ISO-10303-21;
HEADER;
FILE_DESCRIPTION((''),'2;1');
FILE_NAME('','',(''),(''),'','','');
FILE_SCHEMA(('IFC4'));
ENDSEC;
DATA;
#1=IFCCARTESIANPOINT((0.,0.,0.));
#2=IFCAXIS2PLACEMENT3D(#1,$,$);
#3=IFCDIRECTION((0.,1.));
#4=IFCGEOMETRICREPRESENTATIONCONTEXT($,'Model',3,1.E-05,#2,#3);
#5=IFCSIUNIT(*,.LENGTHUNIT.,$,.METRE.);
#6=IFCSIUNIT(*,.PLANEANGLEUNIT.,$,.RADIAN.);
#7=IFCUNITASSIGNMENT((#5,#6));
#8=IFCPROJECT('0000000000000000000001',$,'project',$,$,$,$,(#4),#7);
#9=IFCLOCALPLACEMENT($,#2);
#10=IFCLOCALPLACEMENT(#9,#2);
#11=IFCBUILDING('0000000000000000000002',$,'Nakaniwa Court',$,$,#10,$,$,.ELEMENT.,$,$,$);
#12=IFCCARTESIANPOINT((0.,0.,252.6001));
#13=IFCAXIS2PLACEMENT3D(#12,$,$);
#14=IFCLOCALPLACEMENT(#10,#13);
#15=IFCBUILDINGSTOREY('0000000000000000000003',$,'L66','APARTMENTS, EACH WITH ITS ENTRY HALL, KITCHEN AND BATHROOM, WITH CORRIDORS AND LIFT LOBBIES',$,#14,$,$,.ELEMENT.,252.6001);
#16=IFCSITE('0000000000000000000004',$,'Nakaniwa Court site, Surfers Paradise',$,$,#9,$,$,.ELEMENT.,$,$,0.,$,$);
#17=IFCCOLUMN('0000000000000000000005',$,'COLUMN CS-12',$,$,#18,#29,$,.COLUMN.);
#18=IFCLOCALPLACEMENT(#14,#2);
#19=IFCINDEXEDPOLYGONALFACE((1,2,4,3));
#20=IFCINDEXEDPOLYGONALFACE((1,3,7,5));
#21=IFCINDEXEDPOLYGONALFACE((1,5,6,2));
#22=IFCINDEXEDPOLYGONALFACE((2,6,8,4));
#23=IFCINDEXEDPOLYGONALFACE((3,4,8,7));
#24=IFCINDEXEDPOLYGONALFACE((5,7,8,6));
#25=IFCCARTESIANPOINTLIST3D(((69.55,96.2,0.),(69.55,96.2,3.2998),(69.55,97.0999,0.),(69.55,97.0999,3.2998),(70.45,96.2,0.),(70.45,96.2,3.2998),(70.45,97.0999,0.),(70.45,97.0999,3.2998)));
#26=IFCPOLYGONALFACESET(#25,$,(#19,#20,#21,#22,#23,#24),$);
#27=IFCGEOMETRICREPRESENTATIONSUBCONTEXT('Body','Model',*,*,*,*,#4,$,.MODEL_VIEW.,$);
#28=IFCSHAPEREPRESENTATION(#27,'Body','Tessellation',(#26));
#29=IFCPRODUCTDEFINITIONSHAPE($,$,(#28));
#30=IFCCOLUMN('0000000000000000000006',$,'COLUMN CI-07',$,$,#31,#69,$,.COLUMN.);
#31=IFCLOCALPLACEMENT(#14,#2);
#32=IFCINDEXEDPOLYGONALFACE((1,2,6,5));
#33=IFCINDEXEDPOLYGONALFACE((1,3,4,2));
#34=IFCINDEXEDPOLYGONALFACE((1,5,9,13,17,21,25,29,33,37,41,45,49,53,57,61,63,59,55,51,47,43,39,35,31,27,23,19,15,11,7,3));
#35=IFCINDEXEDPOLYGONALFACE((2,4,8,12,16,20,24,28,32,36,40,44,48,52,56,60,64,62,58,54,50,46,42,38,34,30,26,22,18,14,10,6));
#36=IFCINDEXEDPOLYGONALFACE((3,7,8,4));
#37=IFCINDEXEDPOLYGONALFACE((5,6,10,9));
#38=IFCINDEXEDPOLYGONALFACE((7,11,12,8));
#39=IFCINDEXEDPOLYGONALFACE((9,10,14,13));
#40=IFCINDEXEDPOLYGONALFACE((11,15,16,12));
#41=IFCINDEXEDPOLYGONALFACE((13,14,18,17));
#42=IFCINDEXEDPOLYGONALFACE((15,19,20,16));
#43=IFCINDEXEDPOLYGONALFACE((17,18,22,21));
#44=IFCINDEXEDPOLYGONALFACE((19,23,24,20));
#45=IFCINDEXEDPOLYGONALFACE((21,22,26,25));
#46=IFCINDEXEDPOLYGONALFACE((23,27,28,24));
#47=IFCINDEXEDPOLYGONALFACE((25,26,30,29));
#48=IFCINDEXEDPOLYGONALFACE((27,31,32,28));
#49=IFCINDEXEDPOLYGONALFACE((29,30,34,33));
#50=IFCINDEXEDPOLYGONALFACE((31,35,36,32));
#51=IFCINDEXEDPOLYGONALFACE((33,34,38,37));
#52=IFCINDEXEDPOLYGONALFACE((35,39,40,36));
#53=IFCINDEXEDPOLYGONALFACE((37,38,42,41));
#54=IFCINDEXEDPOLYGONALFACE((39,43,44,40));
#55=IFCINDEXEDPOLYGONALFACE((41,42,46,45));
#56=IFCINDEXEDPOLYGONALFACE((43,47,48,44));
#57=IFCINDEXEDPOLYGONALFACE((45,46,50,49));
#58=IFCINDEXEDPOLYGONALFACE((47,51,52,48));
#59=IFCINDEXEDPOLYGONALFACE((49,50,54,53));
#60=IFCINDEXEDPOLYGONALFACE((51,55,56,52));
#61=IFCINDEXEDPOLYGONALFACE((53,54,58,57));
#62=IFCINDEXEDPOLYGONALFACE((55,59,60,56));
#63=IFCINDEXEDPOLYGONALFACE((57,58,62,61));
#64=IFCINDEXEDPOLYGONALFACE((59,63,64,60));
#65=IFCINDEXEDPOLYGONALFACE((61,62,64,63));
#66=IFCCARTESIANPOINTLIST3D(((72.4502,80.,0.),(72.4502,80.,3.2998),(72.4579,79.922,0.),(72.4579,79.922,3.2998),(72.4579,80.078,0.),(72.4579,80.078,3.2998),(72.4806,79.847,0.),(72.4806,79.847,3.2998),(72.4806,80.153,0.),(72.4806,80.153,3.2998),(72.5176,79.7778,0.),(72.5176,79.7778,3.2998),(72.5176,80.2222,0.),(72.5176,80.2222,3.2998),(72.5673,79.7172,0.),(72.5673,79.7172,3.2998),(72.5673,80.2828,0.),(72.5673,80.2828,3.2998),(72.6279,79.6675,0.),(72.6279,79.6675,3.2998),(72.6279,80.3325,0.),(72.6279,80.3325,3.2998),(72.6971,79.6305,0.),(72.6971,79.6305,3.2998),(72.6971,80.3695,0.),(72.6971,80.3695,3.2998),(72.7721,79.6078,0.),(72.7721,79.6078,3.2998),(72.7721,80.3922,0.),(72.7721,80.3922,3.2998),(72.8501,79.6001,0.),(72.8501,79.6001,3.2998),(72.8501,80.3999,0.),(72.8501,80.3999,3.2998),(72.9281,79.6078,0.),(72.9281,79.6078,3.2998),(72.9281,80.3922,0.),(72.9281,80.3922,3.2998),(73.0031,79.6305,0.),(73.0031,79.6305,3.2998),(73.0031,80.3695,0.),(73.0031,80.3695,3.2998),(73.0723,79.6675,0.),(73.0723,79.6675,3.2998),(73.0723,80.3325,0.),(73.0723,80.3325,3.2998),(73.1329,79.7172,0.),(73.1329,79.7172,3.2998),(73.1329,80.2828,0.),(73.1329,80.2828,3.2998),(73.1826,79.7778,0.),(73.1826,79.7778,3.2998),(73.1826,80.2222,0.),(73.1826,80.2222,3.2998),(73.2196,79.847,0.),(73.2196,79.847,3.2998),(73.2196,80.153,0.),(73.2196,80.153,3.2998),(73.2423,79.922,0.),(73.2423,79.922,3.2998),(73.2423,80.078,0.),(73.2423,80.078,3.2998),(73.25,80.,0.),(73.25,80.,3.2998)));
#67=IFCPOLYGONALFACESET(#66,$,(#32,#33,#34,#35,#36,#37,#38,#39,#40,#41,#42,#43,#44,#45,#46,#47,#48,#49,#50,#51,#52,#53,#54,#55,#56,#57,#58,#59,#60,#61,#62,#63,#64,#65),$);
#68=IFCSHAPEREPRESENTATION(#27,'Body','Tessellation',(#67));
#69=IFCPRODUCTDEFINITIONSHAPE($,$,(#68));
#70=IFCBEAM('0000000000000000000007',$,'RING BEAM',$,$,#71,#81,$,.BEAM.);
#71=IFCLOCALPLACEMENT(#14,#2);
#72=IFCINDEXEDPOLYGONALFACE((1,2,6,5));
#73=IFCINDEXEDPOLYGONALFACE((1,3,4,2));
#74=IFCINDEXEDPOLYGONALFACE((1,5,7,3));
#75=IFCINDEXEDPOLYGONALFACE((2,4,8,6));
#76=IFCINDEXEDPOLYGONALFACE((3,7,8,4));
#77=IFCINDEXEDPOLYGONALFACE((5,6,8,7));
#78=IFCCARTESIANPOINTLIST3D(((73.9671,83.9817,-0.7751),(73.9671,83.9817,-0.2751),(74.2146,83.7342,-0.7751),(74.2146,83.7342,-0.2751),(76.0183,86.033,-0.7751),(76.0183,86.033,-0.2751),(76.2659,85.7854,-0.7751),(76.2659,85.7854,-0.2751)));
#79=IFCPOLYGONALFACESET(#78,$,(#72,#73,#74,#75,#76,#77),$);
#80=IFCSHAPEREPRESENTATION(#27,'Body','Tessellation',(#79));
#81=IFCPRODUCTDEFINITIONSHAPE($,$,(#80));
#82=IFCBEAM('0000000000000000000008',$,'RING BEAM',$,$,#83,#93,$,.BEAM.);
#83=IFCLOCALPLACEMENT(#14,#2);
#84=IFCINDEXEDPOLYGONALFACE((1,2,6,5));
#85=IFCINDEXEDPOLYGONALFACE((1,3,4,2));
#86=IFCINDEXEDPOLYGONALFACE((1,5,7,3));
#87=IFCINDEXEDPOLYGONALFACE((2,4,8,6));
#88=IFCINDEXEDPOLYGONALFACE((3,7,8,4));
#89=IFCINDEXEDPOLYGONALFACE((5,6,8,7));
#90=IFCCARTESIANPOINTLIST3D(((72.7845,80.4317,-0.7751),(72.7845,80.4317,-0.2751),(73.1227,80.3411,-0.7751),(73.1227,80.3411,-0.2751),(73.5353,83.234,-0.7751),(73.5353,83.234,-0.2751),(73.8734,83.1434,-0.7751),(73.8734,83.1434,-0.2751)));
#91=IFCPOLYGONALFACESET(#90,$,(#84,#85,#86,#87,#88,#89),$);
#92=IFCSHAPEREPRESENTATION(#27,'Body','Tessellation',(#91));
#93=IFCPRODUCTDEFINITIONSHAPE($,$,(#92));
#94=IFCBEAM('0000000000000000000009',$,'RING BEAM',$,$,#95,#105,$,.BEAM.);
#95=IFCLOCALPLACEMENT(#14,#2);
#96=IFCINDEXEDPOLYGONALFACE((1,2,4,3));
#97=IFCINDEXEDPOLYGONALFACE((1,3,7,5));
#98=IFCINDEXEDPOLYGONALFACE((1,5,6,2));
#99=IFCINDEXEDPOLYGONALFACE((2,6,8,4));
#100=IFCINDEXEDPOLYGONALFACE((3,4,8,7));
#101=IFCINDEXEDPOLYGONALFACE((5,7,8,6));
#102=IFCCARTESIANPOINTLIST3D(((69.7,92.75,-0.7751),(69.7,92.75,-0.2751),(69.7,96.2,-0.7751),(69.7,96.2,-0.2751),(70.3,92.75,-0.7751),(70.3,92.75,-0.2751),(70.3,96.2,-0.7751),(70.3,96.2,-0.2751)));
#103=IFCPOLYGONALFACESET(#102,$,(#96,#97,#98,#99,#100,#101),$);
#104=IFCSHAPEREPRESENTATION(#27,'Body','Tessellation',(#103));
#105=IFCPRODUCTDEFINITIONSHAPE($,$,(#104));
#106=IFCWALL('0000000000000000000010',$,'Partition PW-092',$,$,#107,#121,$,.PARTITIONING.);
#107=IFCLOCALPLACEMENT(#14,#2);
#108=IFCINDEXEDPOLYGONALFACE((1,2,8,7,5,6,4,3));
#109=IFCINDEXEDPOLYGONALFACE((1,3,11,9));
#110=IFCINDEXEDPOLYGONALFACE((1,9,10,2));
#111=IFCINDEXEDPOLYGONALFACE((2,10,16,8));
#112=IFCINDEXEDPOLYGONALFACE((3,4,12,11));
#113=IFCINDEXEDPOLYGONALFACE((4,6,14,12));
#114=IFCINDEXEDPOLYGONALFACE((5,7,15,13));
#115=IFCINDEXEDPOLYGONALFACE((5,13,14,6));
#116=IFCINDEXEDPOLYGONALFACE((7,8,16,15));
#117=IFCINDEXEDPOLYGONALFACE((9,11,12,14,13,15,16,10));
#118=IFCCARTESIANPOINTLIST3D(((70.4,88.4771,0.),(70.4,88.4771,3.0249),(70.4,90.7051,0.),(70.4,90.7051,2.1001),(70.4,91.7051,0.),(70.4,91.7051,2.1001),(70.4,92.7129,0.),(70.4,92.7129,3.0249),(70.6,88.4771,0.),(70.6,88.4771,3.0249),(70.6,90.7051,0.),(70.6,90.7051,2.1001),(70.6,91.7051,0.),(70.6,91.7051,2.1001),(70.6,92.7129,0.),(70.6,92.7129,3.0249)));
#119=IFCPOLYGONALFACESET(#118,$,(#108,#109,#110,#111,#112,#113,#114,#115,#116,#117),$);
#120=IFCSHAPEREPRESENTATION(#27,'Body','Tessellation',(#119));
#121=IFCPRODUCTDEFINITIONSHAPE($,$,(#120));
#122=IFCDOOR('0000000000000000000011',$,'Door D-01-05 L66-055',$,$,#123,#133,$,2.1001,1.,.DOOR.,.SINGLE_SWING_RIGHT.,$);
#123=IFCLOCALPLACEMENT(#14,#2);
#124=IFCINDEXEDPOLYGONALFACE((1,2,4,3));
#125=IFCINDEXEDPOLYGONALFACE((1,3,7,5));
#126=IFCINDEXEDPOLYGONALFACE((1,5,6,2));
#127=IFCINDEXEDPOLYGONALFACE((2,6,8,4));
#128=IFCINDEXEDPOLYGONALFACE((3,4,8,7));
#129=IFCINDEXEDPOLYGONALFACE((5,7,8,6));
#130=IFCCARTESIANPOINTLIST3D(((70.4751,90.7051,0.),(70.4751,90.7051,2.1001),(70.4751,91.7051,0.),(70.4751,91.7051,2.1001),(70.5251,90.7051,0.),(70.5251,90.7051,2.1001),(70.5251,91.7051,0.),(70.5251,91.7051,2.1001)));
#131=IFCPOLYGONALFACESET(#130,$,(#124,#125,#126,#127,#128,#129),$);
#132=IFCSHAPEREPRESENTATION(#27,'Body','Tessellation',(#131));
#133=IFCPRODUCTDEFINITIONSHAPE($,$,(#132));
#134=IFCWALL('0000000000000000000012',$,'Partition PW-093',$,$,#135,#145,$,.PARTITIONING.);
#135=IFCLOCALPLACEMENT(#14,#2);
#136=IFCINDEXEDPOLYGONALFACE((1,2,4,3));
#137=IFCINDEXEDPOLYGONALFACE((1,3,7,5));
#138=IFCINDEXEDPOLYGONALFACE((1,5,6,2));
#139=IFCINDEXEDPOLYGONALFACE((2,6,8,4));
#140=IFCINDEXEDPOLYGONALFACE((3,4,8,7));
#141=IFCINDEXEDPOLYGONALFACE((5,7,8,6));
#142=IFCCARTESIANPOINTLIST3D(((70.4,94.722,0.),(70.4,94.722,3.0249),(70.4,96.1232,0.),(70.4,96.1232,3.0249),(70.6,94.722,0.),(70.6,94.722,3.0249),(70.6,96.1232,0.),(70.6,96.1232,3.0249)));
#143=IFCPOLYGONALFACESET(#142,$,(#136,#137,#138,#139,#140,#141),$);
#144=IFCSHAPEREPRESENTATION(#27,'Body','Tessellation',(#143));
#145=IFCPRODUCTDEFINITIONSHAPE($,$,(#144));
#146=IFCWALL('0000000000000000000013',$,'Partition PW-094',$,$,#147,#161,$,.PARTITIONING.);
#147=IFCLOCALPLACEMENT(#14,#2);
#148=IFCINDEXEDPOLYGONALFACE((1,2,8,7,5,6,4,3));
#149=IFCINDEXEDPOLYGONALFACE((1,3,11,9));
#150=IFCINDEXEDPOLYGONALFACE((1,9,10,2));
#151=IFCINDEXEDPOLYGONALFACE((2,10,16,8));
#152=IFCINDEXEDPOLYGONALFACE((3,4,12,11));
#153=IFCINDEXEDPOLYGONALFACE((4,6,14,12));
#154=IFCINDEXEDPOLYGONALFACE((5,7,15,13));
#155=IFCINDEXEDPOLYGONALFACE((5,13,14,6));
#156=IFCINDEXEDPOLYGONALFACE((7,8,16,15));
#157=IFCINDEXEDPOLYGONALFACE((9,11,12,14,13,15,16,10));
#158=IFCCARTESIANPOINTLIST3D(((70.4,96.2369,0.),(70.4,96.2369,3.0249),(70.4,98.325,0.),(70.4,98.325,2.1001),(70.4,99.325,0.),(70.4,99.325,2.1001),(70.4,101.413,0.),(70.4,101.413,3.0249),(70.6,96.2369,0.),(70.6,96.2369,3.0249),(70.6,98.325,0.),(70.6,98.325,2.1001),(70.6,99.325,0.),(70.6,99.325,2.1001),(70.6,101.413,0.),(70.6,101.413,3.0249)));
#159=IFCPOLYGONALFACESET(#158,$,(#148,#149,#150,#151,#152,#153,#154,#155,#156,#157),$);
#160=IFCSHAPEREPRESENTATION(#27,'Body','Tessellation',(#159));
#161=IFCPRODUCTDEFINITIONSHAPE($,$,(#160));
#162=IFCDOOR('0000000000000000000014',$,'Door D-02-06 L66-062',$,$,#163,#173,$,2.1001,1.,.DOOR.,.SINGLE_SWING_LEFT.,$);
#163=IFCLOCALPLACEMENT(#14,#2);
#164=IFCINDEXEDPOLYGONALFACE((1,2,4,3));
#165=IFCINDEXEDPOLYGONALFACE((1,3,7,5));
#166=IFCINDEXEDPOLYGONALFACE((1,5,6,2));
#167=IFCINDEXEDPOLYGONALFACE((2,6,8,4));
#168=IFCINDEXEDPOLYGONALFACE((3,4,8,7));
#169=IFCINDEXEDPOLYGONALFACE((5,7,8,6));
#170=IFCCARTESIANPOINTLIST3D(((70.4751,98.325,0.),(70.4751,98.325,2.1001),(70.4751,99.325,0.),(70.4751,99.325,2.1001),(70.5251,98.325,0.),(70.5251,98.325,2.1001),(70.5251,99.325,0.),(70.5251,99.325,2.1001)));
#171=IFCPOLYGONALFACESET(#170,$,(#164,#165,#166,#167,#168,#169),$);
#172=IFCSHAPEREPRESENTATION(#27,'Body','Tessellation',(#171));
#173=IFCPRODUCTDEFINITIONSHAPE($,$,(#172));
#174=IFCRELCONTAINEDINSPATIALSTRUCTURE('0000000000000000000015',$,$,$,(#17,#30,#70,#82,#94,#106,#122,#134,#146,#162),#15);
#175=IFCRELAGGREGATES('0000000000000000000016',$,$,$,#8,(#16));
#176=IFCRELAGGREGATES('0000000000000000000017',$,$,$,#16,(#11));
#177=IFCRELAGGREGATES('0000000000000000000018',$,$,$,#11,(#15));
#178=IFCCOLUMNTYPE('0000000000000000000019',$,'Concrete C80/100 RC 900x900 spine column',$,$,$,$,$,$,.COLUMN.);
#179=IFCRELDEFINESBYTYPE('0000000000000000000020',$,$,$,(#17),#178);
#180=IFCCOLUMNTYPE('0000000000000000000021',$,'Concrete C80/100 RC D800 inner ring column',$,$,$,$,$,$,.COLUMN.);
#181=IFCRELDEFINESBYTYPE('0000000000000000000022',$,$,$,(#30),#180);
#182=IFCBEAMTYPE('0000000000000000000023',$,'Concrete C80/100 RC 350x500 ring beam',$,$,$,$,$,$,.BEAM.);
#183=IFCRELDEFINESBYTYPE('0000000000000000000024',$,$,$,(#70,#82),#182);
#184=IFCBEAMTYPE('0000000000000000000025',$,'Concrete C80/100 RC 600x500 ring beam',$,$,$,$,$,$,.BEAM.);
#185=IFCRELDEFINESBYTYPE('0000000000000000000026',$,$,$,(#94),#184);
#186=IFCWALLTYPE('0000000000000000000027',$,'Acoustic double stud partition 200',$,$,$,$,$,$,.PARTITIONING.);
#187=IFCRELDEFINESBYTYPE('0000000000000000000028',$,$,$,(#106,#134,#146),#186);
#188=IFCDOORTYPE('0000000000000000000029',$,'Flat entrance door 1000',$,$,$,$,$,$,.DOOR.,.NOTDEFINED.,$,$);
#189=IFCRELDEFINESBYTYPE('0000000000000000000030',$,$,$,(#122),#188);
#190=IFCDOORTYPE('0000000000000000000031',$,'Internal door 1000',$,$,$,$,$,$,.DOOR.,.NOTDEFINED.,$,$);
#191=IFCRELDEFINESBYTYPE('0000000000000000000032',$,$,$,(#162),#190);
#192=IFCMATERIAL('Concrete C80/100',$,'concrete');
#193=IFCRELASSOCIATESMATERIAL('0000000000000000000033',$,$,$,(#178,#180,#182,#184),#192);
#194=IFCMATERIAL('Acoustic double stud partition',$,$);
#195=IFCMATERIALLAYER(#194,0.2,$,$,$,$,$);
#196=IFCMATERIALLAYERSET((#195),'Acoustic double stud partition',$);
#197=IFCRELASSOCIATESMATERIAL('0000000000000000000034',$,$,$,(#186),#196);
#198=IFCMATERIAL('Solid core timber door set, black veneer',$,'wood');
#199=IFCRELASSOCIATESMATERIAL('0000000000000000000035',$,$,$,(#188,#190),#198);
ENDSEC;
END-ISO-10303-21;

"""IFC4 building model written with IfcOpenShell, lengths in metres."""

from ifc_helpers import new_model, si_unit, direction, frame, frame_2d, origin, origin_2d, place, context, subcontext, project, spatial, rectangle, circle, extrude, material, layer, layer_set, material_profile, profile_set, type_object, element, fill, save


model = new_model("IFC4")

# Units and contexts
model_context = context("Model", 3, precision=1e-05, world=origin(), true_north=direction((0.0, 1.0)))
body_context = subcontext(model_context, "Body", "Model", "MODEL_VIEW")
ifc_project = project(units=[si_unit("LENGTHUNIT", "METRE"), si_unit("PLANEANGLEUNIT", "RADIAN")], contexts=[model_context])

# Site, building, storey
site_placement = place(None, origin())
site = spatial("IfcSite", under=ifc_project, at=site_placement, Name="Nakaniwa Court site, Surfers Paradise", CompositionType="ELEMENT", RefElevation=0.0)
building_placement = place(site_placement, origin())
building = spatial("IfcBuilding", under=site, at=building_placement, Name="Nakaniwa Court", CompositionType="ELEMENT")
storey_placement = place(building_placement, frame((0.0, 0.0, 252.6001)))
storey = spatial("IfcBuildingStorey", under=building, at=storey_placement, Name="L66", Description="APARTMENTS, EACH WITH ITS ENTRY HALL, KITCHEN AND BATHROOM, WITH CORRIDORS AND LIFT LOBBIES", CompositionType="ELEMENT", Elevation=252.6001)

# Columns
ifc_material_1 = material(Name="Concrete C80/100", Category="concrete")
ifc_material_profile_1 = material_profile(ifc_material_1, rectangle(XDim=0.8999, YDim=0.8999, at=origin_2d()), Name="Concrete C80/100 RC 900x900 spine column")
ifc_profile_set_1 = profile_set([ifc_material_profile_1], Name="Concrete C80/100")
column_type_1 = type_object("IfcColumnType", Name="Concrete C80/100 RC 900x900 spine column", PredefinedType="COLUMN", material=ifc_profile_set_1)
column_placement = place(storey_placement, frame((70.0, 96.6499, 0.0), z_axis=(0.0, 0.0, 1.0), x_axis=(0.0, -1.0, 0.0)))
element("IfcColumn", 1, at=column_placement, inside=storey, type_object=column_type_1, Name="COLUMN CS-12", PredefinedType="COLUMN", context=body_context, shape_type="SweptSolid", body=[
    extrude(rectangle(XDim=0.8999, YDim=0.8999, at=origin_2d()), origin(), (0.0, 0.0, 1.0), 3.2998),
])
ifc_material_profile_2 = material_profile(ifc_material_1, circle(Radius=0.3999, at=origin_2d()), Name="Concrete C80/100 RC D800 inner ring column")
ifc_profile_set_2 = profile_set([ifc_material_profile_2], Name="Concrete C80/100")
column_type_2 = type_object("IfcColumnType", Name="Concrete C80/100 RC D800 inner ring column", PredefinedType="COLUMN", material=ifc_profile_set_2)
for number, where, z_axis, x_axis, name in (
    (2, (72.8501, 80.0, 0.0), (0.0, 0.0, 1.0), (0.0, -1.0, 0.0), "COLUMN CI-07"),
):
    element("IfcColumn", number, at=place(storey_placement, frame(where, z_axis=z_axis, x_axis=x_axis)), inside=storey, type_object=column_type_2, Name=name, PredefinedType="COLUMN", context=body_context, shape_type="SweptSolid", body=[
        extrude(circle(Radius=0.3999, at=origin_2d()), origin(), (0.0, 0.0, 1.0), 3.2998),
    ])

# Beams
ifc_material_profile_3 = material_profile(ifc_material_1, rectangle(XDim=0.3501, YDim=0.5, at=origin_2d()), Name="Concrete C80/100 RC 350x500 ring beam")
ifc_profile_set_3 = profile_set([ifc_material_profile_3], Name="Concrete C80/100")
beam_type_1 = type_object("IfcBeamType", Name="Concrete C80/100 RC 350x500 ring beam", PredefinedType="BEAM", material=ifc_profile_set_3)
beam_1_placement = place(storey_placement, frame((76.1421, 85.9092, -0.5251), z_axis=(-0.707107, -0.707107, 0.0), x_axis=(0.707107, -0.707107, 0.0)))
element("IfcBeam", 3, at=beam_1_placement, inside=storey, type_object=beam_type_1, Name="RING BEAM", PredefinedType="BEAM", context=body_context, shape_type="SweptSolid", body=[
    extrude(rectangle(XDim=0.3501, YDim=0.5, at=origin_2d()), origin(), (0.0, 0.0, 1.0), 2.9009),
])
beam_2_placement = place(storey_placement, frame((73.7043, 83.1887, -0.5251), z_axis=(-0.258778, -0.965937, 0.0), x_axis=(0.965937, -0.258778, 0.0)))
element("IfcBeam", 4, at=beam_2_placement, inside=storey, type_object=beam_type_1, Name="RING BEAM", PredefinedType="BEAM", context=body_context, shape_type="SweptSolid", body=[
    extrude(rectangle(XDim=0.3501, YDim=0.5, at=origin_2d()), origin(), (0.0, 0.0, 1.0), 2.9011),
])
ifc_material_profile_4 = material_profile(ifc_material_1, rectangle(XDim=0.6001, YDim=0.5, at=origin_2d()), Name="Concrete C80/100 RC 600x500 ring beam")
ifc_profile_set_4 = profile_set([ifc_material_profile_4], Name="Concrete C80/100")
beam_type_2 = type_object("IfcBeamType", Name="Concrete C80/100 RC 600x500 ring beam", PredefinedType="BEAM", material=ifc_profile_set_4)
beam_3_placement = place(storey_placement, frame((70.0, 96.2, -0.5251), z_axis=(0.0, -1.0, 0.0), x_axis=(1.0, 0.0, 0.0)))
element("IfcBeam", 5, at=beam_3_placement, inside=storey, type_object=beam_type_2, Name="RING BEAM", PredefinedType="BEAM", context=body_context, shape_type="SweptSolid", body=[
    extrude(rectangle(XDim=0.6001, YDim=0.5, at=origin_2d()), origin(), (0.0, 0.0, 1.0), 3.45),
])

# Wall, opening, door
ifc_material_2 = material(Name="Acoustic double stud partition")
ifc_layer_1 = layer(ifc_material_2, 0.2)
ifc_layer_set_1 = layer_set([ifc_layer_1], Name="Acoustic double stud partition")
wall_type_1 = type_object("IfcWallType", Name="Acoustic double stud partition 200", PredefinedType="PARTITIONING", material=ifc_layer_set_1)
wall_1_placement = place(storey_placement, frame((70.5, 88.4771, 0.0), z_axis=(0.0, 0.0, 1.0), x_axis=(0.0, 1.0, 0.0)))
wall_1 = element("IfcWall", 6, at=wall_1_placement, inside=storey, type_object=wall_type_1, Name="Partition PW-092", PredefinedType="PARTITIONING", context=body_context, shape_type="SweptSolid", body=[
    extrude(rectangle(XDim=4.2358, YDim=0.2, at=frame_2d((2.1179, 0.0))), origin(), (0.0, 0.0, 1.0), 3.0249),
])
opening_1_placement = place(wall_1_placement, frame((2.228, 0.0, 0.0)))
opening_1 = element("IfcOpeningElement", 7, at=opening_1_placement, cuts=wall_1, PredefinedType="OPENING", context=body_context, shape_type="SweptSolid", body=[
    extrude(rectangle(XDim=1.0, YDim=2.1001, at=frame_2d((0.5, 1.05))), frame((0.0, 0.1099, 0.0), z_axis=(0.0, -1.0, 0.0), x_axis=(1.0, 0.0, 0.0)), (0.0, 0.0, 1.0), 0.22),
])
ifc_material_3 = material(Name="Solid core timber door set, black veneer", Category="wood")
door_type_1 = type_object("IfcDoorType", Name="Flat entrance door 1000", OperationType="NOTDEFINED", PredefinedType="DOOR", material=ifc_material_3)
door_1_placement = place(opening_1_placement, origin())
door_1 = element("IfcDoor", 8, at=door_1_placement, inside=storey, type_object=door_type_1, Name="Door D-01-05 L66-055", OperationType="SINGLE_SWING_RIGHT", OverallHeight=2.1001, OverallWidth=1.0, PredefinedType="DOOR", context=body_context, shape_type="SweptSolid", body=[
    extrude(rectangle(XDim=1.0, YDim=2.1001, at=frame_2d((0.5, 1.05))), frame((0.0, 0.0249, 0.0), z_axis=(0.0, -1.0, 0.0), x_axis=(1.0, 0.0, 0.0)), (0.0, 0.0, 1.0), 0.05),
])
fill(opening_1, door_1)

# Wall
wall_2_placement = place(storey_placement, frame((70.5, 94.7219, 0.0), z_axis=(0.0, 0.0, 1.0), x_axis=(0.0, 1.0, 0.0)))
element("IfcWall", 9, at=wall_2_placement, inside=storey, type_object=wall_type_1, Name="Partition PW-093", PredefinedType="PARTITIONING", context=body_context, shape_type="SweptSolid", body=[
    extrude(rectangle(XDim=1.4011, YDim=0.2, at=frame_2d((0.7007, 0.0))), origin(), (0.0, 0.0, 1.0), 3.0249),
])

# Wall, opening, door
wall_3_placement = place(storey_placement, frame((70.5, 96.2371, 0.0), z_axis=(0.0, 0.0, 1.0), x_axis=(0.0, 1.0, 0.0)))
wall_3 = element("IfcWall", 10, at=wall_3_placement, inside=storey, type_object=wall_type_1, Name="Partition PW-094", PredefinedType="PARTITIONING", context=body_context, shape_type="SweptSolid", body=[
    extrude(rectangle(XDim=5.176, YDim=0.2, at=frame_2d((2.5879, 0.0))), origin(), (0.0, 0.0, 1.0), 3.0249),
])
opening_2_placement = place(wall_3_placement, frame((2.0879, 0.0, 0.0)))
opening_2 = element("IfcOpeningElement", 11, at=opening_2_placement, cuts=wall_3, PredefinedType="OPENING", context=body_context, shape_type="SweptSolid", body=[
    extrude(rectangle(XDim=1.0, YDim=2.1001, at=frame_2d((0.5, 1.05))), frame((0.0, 0.1099, 0.0), z_axis=(0.0, -1.0, 0.0), x_axis=(1.0, 0.0, 0.0)), (0.0, 0.0, 1.0), 0.22),
])
door_type_2 = type_object("IfcDoorType", Name="Internal door 1000", OperationType="NOTDEFINED", PredefinedType="DOOR", material=ifc_material_3)
door_2_placement = place(opening_2_placement, origin())
door_2 = element("IfcDoor", 12, at=door_2_placement, inside=storey, type_object=door_type_2, Name="Door D-02-06 L66-062", OperationType="SINGLE_SWING_LEFT", OverallHeight=2.1001, OverallWidth=1.0, PredefinedType="DOOR", context=body_context, shape_type="SweptSolid", body=[
    extrude(rectangle(XDim=1.0, YDim=2.1001, at=frame_2d((0.5, 1.05))), frame((0.0, 0.0249, 0.0), z_axis=(0.0, -1.0, 0.0), x_axis=(1.0, 0.0, 0.0)), (0.0, 0.0, 1.0), 0.05),
])
fill(opening_2, door_2)

save(model, "model.ifc")
